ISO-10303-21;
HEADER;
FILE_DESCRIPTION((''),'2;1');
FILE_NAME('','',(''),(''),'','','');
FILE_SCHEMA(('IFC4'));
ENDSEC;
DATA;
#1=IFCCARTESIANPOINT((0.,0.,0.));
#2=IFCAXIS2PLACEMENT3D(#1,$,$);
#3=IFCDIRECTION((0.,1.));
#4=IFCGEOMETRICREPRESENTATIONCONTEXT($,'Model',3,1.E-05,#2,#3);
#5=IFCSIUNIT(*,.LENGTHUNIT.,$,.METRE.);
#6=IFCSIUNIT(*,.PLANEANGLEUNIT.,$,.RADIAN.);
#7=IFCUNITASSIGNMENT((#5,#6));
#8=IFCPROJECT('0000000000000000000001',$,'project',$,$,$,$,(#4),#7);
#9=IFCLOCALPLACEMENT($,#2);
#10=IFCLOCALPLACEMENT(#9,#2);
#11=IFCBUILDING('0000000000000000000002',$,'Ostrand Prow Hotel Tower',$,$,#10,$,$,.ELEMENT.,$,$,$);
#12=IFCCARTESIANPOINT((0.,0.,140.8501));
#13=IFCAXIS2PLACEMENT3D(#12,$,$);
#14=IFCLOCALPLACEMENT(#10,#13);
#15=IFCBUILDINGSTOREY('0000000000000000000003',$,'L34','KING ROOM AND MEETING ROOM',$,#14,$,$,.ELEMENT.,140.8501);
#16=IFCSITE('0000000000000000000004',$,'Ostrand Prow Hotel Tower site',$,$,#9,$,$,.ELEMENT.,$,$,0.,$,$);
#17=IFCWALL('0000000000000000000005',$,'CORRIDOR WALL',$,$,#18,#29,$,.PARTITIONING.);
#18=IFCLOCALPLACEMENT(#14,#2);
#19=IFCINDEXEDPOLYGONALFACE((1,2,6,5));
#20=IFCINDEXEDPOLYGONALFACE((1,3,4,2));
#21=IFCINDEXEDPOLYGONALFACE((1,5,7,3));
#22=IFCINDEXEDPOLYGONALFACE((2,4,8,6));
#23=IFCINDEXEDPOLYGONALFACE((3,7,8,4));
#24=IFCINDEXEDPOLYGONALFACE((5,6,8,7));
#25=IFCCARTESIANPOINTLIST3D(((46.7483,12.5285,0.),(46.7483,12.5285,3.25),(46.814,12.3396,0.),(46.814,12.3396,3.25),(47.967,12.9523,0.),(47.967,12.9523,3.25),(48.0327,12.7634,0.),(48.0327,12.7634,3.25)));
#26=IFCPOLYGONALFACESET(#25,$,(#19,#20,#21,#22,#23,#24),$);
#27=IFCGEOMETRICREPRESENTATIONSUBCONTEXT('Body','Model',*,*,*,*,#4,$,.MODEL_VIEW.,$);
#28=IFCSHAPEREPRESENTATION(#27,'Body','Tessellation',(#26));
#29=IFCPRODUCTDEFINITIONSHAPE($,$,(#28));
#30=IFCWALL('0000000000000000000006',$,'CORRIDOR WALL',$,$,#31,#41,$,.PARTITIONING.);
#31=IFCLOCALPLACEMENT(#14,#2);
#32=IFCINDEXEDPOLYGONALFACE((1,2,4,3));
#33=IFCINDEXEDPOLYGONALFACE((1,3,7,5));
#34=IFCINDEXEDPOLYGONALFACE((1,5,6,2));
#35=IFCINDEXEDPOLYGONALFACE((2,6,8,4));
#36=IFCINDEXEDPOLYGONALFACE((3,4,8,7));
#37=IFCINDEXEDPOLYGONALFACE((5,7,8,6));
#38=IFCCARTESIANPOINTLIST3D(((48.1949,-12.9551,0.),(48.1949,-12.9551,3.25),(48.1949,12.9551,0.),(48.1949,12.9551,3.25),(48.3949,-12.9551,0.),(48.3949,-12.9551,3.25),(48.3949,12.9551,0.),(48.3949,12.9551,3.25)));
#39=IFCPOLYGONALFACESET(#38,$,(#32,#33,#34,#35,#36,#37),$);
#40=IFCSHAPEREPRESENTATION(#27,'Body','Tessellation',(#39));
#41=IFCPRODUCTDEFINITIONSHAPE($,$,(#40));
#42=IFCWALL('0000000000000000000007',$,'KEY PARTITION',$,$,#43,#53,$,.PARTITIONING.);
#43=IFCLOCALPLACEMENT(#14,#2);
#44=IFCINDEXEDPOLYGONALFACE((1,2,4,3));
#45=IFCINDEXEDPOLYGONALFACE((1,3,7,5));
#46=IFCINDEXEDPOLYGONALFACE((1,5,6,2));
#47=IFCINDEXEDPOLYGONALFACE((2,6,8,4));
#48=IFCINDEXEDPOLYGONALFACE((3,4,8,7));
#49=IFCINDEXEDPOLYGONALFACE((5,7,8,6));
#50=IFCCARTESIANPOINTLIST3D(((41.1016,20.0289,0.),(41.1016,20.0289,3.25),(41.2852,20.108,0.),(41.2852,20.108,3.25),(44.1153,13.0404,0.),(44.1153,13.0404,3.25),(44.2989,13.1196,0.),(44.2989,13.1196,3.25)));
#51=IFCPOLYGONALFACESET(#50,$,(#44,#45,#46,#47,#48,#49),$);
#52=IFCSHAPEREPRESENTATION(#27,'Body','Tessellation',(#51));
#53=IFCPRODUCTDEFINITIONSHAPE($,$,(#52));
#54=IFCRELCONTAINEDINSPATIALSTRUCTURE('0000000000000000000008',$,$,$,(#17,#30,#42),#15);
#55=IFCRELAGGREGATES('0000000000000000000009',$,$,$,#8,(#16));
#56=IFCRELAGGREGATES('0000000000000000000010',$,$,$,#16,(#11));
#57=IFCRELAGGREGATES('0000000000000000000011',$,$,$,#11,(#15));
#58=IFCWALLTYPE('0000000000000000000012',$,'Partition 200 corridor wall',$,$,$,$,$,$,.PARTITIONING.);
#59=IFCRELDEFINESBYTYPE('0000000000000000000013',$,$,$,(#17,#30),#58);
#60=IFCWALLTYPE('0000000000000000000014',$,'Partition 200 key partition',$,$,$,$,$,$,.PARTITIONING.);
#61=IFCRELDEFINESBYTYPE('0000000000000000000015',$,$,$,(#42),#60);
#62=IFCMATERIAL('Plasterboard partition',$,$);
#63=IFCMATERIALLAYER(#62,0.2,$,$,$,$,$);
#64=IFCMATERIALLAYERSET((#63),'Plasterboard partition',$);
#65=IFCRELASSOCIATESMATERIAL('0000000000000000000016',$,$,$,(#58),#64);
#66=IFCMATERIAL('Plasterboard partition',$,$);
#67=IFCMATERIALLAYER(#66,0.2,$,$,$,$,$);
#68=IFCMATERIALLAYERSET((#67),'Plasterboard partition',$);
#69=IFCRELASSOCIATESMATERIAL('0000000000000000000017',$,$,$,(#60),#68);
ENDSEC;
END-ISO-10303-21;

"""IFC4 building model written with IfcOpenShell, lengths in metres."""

from ifc_helpers import new_model, si_unit, direction, frame, frame_2d, origin, place, context, subcontext, project, spatial, rectangle, extrude, material, layer, layer_set, type_object, element, save


model = new_model("IFC4")

# Units and contexts
model_context = context("Model", 3, precision=1e-05, world=origin(), true_north=direction((0.0, 1.0)))
body_context = subcontext(model_context, "Body", "Model", "MODEL_VIEW")
ifc_project = project(units=[si_unit("LENGTHUNIT", "METRE"), si_unit("PLANEANGLEUNIT", "RADIAN")], contexts=[model_context])

# Site, building, storey
site_placement = place(None, origin())
site = spatial("IfcSite", under=ifc_project, at=site_placement, Name="Ostrand Prow Hotel Tower site", CompositionType="ELEMENT", RefElevation=0.0)
building_placement = place(site_placement, origin())
building = spatial("IfcBuilding", under=site, at=building_placement, Name="Ostrand Prow Hotel Tower", CompositionType="ELEMENT")
storey_placement = place(building_placement, frame((0.0, 0.0, 140.8501)))
storey = spatial("IfcBuildingStorey", under=building, at=storey_placement, Name="L34", Description="KING ROOM AND MEETING ROOM", CompositionType="ELEMENT", Elevation=140.8501)

# Shared definitions
ifc_material_1 = material(Name="Plasterboard partition")
ifc_layer_1 = layer(ifc_material_1, 0.2)
ifc_layer_set_1 = layer_set([ifc_layer_1], Name="Plasterboard partition")
wall_type_1 = type_object("IfcWallType", Name="Partition 200 corridor wall", PredefinedType="PARTITIONING", material=ifc_layer_set_1)

# Walls
wall_1_placement = place(storey_placement, frame((46.7812, 12.4341, 0.0), z_axis=(0.0, 0.0, 1.0), x_axis=(0.944517, 0.328462, 0.0)))
element("IfcWall", 1, at=wall_1_placement, inside=storey, type_object=wall_type_1, Name="CORRIDOR WALL", PredefinedType="PARTITIONING", context=body_context, shape_type="SweptSolid", body=[
    extrude(rectangle(XDim=1.2903, YDim=0.2, at=frame_2d((0.645, 0.0))), origin(), (0.0, 0.0, 1.0), 3.25),
])
wall_2_placement = place(storey_placement, frame((48.2949, 12.9551, 0.0), z_axis=(0.0, 0.0, 1.0), x_axis=(0.0, -1.0, 0.0)))
element("IfcWall", 2, at=wall_2_placement, inside=storey, type_object=wall_type_1, Name="CORRIDOR WALL", PredefinedType="PARTITIONING", context=body_context, shape_type="SweptSolid", body=[
    extrude(rectangle(XDim=25.9102, YDim=0.2, at=frame_2d((12.9551, 0.0))), origin(), (0.0, 0.0, 1.0), 3.25),
])
ifc_material_2 = material(Name="Plasterboard partition")
ifc_layer_2 = layer(ifc_material_2, 0.2)
ifc_layer_set_2 = layer_set([ifc_layer_2], Name="Plasterboard partition")
wall_type_2 = type_object("IfcWallType", Name="Partition 200 key partition", PredefinedType="PARTITIONING", material=ifc_layer_set_2)
wall_3_placement = place(storey_placement, frame((44.207, 13.0801, 0.0), z_axis=(0.0, 0.0, 1.0), x_axis=(-0.395982, 0.918258, 0.0)))
element("IfcWall", 3, at=wall_3_placement, inside=storey, type_object=wall_type_2, Name="KEY PARTITION", PredefinedType="PARTITIONING", context=body_context, shape_type="SweptSolid", body=[
    extrude(rectangle(XDim=7.6106, YDim=0.2, at=frame_2d((3.8052, 0.0))), origin(), (0.0, 0.0, 1.0), 3.25),
])

save(model, "model.ifc")
